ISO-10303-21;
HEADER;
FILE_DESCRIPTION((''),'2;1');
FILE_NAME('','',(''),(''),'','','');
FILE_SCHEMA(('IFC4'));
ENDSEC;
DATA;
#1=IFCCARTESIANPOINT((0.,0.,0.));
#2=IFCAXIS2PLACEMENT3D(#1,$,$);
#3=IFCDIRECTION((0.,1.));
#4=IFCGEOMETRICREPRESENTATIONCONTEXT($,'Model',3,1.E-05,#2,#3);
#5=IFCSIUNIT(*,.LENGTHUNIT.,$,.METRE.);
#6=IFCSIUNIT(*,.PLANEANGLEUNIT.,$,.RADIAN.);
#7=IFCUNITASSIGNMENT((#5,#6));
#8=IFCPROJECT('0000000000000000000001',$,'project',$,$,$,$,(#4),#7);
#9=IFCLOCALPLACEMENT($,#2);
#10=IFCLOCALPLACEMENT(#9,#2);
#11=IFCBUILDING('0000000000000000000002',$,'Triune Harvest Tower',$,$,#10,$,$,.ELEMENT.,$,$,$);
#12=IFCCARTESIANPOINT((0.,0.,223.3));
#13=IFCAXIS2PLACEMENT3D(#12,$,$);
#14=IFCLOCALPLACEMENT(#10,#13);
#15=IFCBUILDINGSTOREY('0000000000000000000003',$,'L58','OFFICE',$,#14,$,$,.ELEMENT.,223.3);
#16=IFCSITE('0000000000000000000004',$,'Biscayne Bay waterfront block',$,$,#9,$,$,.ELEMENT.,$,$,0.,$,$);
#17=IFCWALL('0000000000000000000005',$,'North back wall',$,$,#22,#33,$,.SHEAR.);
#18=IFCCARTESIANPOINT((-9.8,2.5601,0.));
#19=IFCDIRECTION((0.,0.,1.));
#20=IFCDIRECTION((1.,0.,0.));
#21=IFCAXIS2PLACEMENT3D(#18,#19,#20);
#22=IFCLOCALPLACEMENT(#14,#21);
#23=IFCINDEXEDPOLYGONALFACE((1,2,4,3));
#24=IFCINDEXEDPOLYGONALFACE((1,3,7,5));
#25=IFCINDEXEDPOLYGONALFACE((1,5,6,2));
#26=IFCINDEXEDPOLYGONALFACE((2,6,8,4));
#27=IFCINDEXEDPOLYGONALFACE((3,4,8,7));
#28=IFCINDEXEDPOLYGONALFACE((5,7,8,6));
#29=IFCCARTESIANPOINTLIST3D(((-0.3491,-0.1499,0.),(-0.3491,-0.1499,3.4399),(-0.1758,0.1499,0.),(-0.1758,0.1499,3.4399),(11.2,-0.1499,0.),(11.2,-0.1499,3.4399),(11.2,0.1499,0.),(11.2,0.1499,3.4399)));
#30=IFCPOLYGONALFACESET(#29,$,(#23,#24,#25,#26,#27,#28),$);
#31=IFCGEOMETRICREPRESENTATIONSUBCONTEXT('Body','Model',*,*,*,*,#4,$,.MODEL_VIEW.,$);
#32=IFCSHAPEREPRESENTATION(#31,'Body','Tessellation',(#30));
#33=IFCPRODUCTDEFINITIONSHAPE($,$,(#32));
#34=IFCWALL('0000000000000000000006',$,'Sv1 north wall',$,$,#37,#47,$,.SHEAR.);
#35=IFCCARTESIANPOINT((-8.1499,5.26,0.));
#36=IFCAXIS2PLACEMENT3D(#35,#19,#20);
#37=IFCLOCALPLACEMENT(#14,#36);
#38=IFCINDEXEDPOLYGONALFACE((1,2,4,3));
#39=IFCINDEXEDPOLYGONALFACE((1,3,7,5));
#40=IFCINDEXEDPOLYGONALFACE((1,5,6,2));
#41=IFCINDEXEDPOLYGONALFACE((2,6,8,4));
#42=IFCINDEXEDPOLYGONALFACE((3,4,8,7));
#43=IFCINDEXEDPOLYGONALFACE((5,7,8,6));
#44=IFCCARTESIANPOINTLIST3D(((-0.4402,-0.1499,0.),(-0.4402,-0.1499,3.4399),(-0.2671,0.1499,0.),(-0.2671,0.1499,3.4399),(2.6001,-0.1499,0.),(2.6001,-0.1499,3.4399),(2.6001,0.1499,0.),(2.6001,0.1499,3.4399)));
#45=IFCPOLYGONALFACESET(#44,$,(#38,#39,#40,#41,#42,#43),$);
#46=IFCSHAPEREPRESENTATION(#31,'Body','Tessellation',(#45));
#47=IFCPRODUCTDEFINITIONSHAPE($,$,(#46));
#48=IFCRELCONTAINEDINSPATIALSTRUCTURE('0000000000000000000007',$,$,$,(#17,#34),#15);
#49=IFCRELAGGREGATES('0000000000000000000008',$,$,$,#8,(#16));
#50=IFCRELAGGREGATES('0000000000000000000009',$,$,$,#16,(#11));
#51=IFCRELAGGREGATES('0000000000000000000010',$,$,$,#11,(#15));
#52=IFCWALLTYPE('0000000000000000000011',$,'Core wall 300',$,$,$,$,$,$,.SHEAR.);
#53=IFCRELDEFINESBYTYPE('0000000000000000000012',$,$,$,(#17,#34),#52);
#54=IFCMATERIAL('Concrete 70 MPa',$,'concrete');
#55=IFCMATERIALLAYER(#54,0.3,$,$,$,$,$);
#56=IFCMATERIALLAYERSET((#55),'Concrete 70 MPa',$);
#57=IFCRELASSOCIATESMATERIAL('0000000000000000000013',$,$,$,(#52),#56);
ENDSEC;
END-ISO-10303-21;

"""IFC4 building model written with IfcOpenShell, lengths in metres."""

from ifc_helpers import new_model, si_unit, direction, frame, origin, place, context, subcontext, project, spatial, polyline, outline, extrude, source, transform, mapped, material, layer, layer_set, type_object, element, save


model = new_model("IFC4")

# Units and contexts
model_context = context("Model", 3, precision=1e-05, world=origin(), true_north=direction((0.0, 1.0)))
body_context = subcontext(model_context, "Body", "Model", "MODEL_VIEW")
ifc_project = project(units=[si_unit("LENGTHUNIT", "METRE"), si_unit("PLANEANGLEUNIT", "RADIAN")], contexts=[model_context])

# Site, building, storey
site_placement = place(None, origin())
site = spatial("IfcSite", under=ifc_project, at=site_placement, Name="Biscayne Bay waterfront block", CompositionType="ELEMENT", RefElevation=0.0)
building_placement = place(site_placement, origin())
building = spatial("IfcBuilding", under=site, at=building_placement, Name="Triune Harvest Tower", CompositionType="ELEMENT")
storey_placement = place(building_placement, frame((0.0, 0.0, 223.3)))
storey = spatial("IfcBuildingStorey", under=building, at=storey_placement, Name="L58", Description="OFFICE", CompositionType="ELEMENT", Elevation=223.3)

# Shared definitions
ifc_material_1 = material(Name="Concrete 70 MPa", Category="concrete")
ifc_layer_1 = layer(ifc_material_1, 0.3)
ifc_layer_set_1 = layer_set([ifc_layer_1], Name="Concrete 70 MPa")
wall_type_1 = type_object("IfcWallType", Name="Core wall 300", PredefinedType="SHEAR", material=ifc_layer_set_1)

# Walls
shared_shape_1 = source(origin(), body_context, "Body", "SweptSolid", [
    extrude(outline(polyline([(11.2, -0.1499), (-0.3491, -0.1499), (-0.1758, 0.1499), (11.2, 0.1499), (11.2, -0.1499)])), origin(), (0.0, 0.0, 1.0), 3.4399),
])
wall_1_placement = place(storey_placement, frame((-9.8, 2.5601, 0.0), z_axis=(0.0, 0.0, 1.0), x_axis=(1.0, 0.0, 0.0)))
element("IfcWall", 1, at=wall_1_placement, inside=storey, type_object=wall_type_1, Name="North back wall", PredefinedType="SHEAR", context=body_context, shape_type="MappedRepresentation", body=[
    mapped(shared_shape_1, transform((0.0, 0.0, 0.0), scale=1.0)),
])
shared_shape_2 = source(origin(), body_context, "Body", "SweptSolid", [
    extrude(outline(polyline([(2.6001, -0.1499), (-0.4402, -0.1499), (-0.2671, 0.1499), (2.6001, 0.1499), (2.6001, -0.1499)])), origin(), (0.0, 0.0, 1.0), 3.4399),
])
wall_2_placement = place(storey_placement, frame((-8.1499, 5.26, 0.0), z_axis=(0.0, 0.0, 1.0), x_axis=(1.0, 0.0, 0.0)))
element("IfcWall", 2, at=wall_2_placement, inside=storey, type_object=wall_type_1, Name="Sv1 north wall", PredefinedType="SHEAR", context=body_context, shape_type="MappedRepresentation", body=[
    mapped(shared_shape_2, transform((0.0, 0.0, 0.0), scale=1.0)),
])

save(model, "model.ifc")
